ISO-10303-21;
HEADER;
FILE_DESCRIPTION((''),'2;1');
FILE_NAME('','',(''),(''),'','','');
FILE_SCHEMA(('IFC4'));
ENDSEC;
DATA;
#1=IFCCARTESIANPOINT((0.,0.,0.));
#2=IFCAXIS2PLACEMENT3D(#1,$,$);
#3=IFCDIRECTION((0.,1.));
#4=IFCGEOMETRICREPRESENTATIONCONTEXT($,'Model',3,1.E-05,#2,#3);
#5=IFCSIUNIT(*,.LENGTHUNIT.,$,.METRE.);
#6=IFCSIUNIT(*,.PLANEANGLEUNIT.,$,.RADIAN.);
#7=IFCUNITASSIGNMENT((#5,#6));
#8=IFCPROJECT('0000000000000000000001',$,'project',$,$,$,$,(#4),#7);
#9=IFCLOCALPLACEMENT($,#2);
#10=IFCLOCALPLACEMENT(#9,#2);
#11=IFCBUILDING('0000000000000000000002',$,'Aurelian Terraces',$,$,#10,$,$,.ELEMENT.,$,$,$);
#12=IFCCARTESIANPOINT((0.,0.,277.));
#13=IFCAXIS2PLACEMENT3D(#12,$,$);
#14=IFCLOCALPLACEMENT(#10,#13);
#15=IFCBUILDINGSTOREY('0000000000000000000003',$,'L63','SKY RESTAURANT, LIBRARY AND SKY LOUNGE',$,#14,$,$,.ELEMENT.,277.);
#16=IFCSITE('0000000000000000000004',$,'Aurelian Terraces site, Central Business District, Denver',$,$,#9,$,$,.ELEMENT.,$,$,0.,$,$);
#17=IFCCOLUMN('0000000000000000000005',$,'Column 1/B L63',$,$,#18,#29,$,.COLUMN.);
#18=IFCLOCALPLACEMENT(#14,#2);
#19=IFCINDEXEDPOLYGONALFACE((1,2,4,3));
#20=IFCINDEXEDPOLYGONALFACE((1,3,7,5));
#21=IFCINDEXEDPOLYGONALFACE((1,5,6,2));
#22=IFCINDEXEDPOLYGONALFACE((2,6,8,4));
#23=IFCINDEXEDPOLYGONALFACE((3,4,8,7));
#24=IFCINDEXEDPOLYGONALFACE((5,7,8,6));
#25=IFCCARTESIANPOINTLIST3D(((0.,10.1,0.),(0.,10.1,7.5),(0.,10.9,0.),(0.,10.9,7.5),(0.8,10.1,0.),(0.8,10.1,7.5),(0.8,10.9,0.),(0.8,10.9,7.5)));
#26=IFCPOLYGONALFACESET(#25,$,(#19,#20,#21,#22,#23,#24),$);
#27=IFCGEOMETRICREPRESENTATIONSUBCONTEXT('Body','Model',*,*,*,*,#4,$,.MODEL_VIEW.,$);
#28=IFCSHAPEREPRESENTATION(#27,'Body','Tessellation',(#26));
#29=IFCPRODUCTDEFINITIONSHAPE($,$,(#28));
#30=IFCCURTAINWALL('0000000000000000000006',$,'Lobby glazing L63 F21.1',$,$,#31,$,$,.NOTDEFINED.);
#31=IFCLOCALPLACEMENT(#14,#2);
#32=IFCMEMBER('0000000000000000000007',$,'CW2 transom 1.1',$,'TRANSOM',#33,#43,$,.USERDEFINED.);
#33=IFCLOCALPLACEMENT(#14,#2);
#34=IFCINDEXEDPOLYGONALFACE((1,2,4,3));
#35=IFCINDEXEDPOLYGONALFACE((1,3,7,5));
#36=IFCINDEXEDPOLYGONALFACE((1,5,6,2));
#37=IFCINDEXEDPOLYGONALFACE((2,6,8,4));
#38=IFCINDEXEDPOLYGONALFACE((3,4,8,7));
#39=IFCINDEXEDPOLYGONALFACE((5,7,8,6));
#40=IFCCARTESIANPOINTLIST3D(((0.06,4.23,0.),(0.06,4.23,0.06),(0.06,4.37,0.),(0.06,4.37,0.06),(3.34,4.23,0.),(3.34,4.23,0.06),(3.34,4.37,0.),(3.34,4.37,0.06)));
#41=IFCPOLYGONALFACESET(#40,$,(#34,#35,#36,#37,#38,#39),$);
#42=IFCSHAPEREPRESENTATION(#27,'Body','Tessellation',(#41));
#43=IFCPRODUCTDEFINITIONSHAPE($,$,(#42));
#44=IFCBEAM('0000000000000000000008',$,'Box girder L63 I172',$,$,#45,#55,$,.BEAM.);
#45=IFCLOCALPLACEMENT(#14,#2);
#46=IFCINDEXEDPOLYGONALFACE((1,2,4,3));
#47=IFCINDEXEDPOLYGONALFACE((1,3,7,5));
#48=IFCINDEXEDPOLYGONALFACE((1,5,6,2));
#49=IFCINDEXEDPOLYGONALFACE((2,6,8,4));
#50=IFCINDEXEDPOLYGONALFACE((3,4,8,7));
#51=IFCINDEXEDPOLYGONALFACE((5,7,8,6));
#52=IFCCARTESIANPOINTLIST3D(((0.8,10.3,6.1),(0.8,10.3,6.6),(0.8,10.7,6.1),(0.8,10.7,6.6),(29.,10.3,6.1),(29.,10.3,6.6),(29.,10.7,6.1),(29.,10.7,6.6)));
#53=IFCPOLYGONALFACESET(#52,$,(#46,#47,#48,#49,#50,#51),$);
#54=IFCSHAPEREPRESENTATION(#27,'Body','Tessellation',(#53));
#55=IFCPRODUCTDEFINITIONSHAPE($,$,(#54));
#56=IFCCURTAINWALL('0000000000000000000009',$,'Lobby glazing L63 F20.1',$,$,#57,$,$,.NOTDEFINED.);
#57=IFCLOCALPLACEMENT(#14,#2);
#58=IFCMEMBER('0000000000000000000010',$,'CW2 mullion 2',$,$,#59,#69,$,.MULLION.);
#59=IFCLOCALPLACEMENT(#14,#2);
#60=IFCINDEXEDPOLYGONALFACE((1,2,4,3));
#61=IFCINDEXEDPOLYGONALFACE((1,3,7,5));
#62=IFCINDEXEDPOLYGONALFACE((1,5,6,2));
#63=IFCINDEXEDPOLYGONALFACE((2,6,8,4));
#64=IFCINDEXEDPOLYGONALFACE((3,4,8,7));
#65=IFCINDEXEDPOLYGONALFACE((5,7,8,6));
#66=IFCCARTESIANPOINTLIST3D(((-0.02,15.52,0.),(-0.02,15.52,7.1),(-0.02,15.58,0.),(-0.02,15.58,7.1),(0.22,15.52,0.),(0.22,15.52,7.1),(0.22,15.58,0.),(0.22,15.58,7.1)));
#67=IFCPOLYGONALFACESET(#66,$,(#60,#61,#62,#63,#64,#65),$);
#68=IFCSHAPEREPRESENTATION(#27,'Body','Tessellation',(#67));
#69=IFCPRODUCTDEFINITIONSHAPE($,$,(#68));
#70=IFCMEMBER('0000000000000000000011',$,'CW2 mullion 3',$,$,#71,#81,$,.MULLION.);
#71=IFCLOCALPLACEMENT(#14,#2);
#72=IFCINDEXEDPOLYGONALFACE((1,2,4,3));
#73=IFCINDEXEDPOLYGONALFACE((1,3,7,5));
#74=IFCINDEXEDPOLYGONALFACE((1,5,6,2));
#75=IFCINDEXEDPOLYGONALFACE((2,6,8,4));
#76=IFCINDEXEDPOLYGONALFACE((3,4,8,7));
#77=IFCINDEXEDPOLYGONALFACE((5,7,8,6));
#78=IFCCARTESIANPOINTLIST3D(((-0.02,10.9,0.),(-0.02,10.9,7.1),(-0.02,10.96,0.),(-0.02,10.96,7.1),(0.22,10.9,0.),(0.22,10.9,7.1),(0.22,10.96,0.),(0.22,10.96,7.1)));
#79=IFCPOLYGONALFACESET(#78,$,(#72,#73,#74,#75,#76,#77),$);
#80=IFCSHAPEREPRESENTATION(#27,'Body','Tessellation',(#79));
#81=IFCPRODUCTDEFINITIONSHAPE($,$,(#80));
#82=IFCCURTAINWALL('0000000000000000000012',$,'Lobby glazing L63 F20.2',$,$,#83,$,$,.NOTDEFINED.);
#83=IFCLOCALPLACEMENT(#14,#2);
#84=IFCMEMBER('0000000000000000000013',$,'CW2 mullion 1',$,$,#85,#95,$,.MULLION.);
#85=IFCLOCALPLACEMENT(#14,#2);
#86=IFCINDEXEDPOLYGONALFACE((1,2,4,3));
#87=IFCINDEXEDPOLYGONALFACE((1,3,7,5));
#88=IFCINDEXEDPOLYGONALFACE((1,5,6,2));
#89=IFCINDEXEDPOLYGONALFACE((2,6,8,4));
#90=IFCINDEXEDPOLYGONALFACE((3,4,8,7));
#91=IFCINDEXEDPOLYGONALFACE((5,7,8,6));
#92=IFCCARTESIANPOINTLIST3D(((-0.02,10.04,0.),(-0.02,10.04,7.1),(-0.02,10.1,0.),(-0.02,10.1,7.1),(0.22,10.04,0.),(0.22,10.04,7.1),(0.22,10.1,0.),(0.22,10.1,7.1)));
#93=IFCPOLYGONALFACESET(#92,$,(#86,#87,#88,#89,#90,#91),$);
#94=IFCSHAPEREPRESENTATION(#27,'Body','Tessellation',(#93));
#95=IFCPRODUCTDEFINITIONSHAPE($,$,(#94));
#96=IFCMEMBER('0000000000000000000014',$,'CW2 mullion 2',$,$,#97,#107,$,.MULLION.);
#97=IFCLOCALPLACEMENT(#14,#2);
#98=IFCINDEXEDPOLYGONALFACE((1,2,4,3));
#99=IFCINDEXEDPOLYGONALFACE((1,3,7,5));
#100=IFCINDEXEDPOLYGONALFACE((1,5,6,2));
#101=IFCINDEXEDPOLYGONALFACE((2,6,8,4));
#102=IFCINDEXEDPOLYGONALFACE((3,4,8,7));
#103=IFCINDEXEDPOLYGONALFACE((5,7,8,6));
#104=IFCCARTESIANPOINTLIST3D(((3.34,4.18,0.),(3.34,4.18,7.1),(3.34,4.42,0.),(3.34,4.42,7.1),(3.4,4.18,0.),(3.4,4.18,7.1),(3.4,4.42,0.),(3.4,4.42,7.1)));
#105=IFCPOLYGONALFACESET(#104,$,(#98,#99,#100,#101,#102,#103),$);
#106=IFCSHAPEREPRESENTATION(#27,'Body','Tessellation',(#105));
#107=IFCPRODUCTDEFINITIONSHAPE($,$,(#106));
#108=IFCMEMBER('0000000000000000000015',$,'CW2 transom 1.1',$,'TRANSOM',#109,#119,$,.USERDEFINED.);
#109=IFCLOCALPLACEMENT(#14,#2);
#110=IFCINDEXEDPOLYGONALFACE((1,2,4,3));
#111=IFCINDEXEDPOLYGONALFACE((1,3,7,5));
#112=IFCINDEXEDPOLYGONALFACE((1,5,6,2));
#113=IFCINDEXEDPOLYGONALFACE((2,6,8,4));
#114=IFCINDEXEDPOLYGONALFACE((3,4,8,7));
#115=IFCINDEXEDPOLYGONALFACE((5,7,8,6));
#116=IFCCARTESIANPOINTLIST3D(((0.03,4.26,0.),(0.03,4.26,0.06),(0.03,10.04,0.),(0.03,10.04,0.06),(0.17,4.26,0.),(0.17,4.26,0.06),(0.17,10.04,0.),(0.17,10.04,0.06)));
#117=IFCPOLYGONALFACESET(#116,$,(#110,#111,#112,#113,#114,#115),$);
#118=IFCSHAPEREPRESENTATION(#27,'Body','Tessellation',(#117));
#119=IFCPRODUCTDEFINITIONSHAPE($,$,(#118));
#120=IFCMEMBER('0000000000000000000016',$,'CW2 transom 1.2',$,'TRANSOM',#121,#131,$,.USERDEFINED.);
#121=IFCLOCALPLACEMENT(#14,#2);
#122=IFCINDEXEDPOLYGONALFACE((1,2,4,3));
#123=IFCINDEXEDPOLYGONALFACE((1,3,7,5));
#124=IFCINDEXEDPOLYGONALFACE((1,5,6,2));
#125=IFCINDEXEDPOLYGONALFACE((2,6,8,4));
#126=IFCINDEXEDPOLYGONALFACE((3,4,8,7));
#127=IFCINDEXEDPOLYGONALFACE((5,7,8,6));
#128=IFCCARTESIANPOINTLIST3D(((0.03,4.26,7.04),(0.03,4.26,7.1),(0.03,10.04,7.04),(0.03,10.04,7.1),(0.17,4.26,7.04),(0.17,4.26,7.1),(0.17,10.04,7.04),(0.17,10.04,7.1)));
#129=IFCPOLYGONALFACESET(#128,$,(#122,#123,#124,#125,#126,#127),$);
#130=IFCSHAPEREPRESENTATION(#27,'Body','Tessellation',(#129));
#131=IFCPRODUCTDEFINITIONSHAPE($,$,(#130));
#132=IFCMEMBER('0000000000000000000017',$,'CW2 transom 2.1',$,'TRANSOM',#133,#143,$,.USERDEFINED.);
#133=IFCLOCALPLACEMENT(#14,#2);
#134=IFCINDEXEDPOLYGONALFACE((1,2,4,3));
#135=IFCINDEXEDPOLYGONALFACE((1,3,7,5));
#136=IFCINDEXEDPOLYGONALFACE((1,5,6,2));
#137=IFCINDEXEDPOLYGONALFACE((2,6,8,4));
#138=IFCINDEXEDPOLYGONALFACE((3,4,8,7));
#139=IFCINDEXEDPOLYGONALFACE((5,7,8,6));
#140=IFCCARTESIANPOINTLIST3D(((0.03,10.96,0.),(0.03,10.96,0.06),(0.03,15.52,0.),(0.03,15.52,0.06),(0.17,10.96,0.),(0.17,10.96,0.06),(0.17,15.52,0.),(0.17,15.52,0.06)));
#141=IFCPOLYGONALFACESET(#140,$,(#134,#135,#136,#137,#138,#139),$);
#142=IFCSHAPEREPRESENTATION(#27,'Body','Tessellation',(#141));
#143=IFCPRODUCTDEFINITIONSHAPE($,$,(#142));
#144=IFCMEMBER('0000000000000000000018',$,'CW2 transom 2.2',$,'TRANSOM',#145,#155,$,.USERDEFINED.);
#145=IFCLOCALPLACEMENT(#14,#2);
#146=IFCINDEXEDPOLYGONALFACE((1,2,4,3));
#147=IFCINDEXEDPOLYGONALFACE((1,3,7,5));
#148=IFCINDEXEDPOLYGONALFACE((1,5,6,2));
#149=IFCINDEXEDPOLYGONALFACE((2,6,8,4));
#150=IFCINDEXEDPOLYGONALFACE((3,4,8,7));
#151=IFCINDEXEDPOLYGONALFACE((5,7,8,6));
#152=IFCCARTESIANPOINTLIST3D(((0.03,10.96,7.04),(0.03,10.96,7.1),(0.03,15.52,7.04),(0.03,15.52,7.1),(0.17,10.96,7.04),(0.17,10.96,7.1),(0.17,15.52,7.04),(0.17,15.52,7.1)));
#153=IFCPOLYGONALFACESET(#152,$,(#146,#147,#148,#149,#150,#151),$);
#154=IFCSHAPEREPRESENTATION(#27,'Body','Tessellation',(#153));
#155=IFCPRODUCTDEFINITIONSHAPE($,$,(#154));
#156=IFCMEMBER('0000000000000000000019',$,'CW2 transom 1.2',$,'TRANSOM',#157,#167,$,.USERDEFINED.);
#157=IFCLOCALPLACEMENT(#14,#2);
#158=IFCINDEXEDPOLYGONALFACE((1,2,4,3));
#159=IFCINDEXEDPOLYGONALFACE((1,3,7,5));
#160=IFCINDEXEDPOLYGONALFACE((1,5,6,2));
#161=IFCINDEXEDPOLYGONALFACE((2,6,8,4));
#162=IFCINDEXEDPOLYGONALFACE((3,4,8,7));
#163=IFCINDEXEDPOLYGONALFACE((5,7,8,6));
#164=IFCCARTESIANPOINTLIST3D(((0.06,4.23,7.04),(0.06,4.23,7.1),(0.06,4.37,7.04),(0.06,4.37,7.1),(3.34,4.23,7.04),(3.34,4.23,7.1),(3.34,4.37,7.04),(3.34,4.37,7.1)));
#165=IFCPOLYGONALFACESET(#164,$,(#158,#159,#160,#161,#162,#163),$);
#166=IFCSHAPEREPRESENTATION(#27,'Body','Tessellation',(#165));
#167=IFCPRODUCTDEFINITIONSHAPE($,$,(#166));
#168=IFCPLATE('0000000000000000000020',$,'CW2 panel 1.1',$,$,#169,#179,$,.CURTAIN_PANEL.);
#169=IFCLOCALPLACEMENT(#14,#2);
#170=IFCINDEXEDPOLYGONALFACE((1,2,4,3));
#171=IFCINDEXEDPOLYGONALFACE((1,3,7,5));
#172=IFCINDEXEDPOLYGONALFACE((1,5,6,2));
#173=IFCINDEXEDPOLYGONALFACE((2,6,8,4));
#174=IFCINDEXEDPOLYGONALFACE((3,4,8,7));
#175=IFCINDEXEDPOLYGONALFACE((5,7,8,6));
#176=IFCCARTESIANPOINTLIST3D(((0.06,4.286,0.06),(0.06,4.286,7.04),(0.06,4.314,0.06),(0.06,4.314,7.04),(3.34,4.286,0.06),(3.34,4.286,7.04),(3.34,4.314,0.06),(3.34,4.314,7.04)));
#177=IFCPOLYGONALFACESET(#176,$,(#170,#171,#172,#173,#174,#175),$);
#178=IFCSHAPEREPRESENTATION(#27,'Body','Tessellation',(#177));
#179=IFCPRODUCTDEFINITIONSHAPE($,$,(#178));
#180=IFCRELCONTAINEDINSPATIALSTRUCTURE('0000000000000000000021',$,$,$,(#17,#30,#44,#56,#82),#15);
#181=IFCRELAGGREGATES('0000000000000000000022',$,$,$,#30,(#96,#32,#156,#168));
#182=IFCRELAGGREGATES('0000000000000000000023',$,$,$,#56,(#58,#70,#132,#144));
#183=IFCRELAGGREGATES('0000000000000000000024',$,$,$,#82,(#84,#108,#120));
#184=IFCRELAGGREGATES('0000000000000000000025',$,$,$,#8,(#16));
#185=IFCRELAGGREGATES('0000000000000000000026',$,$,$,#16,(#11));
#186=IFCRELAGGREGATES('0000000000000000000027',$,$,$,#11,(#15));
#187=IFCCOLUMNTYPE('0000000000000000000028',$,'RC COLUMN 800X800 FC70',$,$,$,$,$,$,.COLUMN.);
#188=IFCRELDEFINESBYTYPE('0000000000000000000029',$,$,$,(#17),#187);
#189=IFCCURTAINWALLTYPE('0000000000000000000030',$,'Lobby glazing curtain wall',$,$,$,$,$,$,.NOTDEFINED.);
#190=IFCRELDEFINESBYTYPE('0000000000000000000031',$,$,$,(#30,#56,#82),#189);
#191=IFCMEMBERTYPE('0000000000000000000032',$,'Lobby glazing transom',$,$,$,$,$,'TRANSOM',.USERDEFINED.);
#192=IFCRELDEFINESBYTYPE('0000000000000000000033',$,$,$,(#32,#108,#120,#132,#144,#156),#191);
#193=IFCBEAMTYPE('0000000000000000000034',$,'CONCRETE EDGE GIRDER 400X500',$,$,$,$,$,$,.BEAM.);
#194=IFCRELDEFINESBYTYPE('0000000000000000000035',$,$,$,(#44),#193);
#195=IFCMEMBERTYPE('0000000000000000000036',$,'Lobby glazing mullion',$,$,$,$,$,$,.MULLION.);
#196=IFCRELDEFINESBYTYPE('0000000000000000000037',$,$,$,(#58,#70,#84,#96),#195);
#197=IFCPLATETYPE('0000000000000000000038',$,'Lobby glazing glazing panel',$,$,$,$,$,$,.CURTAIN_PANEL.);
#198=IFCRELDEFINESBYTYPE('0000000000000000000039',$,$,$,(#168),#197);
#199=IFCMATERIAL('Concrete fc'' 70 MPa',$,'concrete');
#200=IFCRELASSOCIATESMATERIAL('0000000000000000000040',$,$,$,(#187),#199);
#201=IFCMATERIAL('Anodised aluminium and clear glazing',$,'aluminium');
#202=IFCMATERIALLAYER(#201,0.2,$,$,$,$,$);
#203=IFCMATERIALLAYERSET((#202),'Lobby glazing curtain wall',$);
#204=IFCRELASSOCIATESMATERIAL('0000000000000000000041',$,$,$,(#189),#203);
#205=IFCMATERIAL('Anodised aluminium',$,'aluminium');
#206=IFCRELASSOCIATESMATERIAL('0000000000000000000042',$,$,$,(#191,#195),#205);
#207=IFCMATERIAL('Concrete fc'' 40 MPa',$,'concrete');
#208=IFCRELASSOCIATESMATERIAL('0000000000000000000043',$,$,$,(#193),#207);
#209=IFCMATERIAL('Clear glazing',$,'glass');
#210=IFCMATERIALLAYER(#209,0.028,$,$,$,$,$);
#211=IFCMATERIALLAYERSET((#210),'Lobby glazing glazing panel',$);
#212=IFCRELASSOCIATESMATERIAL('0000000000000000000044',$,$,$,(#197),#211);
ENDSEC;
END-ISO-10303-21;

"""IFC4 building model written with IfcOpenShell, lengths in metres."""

from ifc_helpers import new_model, si_unit, direction, frame, origin, origin_2d, place, context, subcontext, project, spatial, rectangle, extrude, source, transform, mapped, material, layer, layer_set, material_profile, profile_set, type_object, element, aggregate, save


model = new_model("IFC4")

# Units and contexts
model_context = context("Model", 3, precision=1e-05, world=origin(), true_north=direction((0.0, 1.0)))
body_context = subcontext(model_context, "Body", "Model", "MODEL_VIEW")
ifc_project = project(units=[si_unit("LENGTHUNIT", "METRE"), si_unit("PLANEANGLEUNIT", "RADIAN")], contexts=[model_context])

# Site, building, storey
site_placement = place(None, origin())
site = spatial("IfcSite", under=ifc_project, at=site_placement, Name="Aurelian Terraces site, Central Business District, Denver", CompositionType="ELEMENT", RefElevation=0.0)
building_placement = place(site_placement, origin())
building = spatial("IfcBuilding", under=site, at=building_placement, Name="Aurelian Terraces", CompositionType="ELEMENT")
storey_placement = place(building_placement, frame((0.0, 0.0, 277.0)))
storey = spatial("IfcBuildingStorey", under=building, at=storey_placement, Name="L63", Description="SKY RESTAURANT, LIBRARY AND SKY LOUNGE", CompositionType="ELEMENT", Elevation=277.0)

# Column
ifc_material_1 = material(Name="Concrete fc' 70 MPa", Category="concrete")
ifc_material_profile_1 = material_profile(ifc_material_1, rectangle(XDim=0.8, YDim=0.8, at=origin_2d()))
ifc_profile_set_1 = profile_set([ifc_material_profile_1], Name="Concrete fc' 70 MPa")
column_type = type_object("IfcColumnType", Name="RC COLUMN 800X800 FC70", PredefinedType="COLUMN", material=ifc_profile_set_1)
shared_shape_1 = source(origin(), body_context, "Body", "SweptSolid", [
    extrude(rectangle(XDim=0.8, YDim=0.8, at=origin_2d()), origin(), (0.0, 0.0, 1.0), 7.5),
])
column_placement = place(storey_placement, frame((0.4, 10.5, 0.0), z_axis=(0.0, 0.0, 1.0), x_axis=(1.0, 0.0, 0.0)))
element("IfcColumn", 1, at=column_placement, inside=storey, type_object=column_type, Name="Column 1/B L63", PredefinedType="COLUMN", context=body_context, shape_type="MappedRepresentation", body=[
    mapped(shared_shape_1, transform((0.0, 0.0, 0.0), scale=1.0)),
])

# Curtain wall, member
ifc_material_2 = material(Name="Anodised aluminium and clear glazing", Category="aluminium")
ifc_layer_1 = layer(ifc_material_2, 0.2)
ifc_layer_set_1 = layer_set([ifc_layer_1], Name="Lobby glazing curtain wall")
curtain_wall_type = type_object("IfcCurtainWallType", Name="Lobby glazing curtain wall", PredefinedType="NOTDEFINED", material=ifc_layer_set_1)
curtain_wall_1_placement = place(storey_placement, origin())
curtain_wall_1 = element("IfcCurtainWall", 2, at=curtain_wall_1_placement, inside=storey, type_object=curtain_wall_type, Name="Lobby glazing L63 F21.1", PredefinedType="NOTDEFINED")
ifc_material_3 = material(Name="Anodised aluminium", Category="aluminium")
ifc_material_profile_2 = material_profile(ifc_material_3, rectangle(XDim=0.14, YDim=0.06, at=origin_2d()))
ifc_profile_set_2 = profile_set([ifc_material_profile_2], Name="Anodised aluminium")
member_type_1 = type_object("IfcMemberType", Name="Lobby glazing transom", ElementType="TRANSOM", PredefinedType="USERDEFINED", material=ifc_profile_set_2)
member_1_placement = place(storey_placement, frame((0.06, 4.3, 0.03), z_axis=(1.0, 0.0, 0.0), x_axis=(0.0, 1.0, 0.0)))
member_1 = element("IfcMember", 3, at=member_1_placement, type_object=member_type_1, Name="CW2 transom 1.1", ObjectType="TRANSOM", PredefinedType="USERDEFINED", context=body_context, shape_type="SweptSolid", body=[
    extrude(rectangle(XDim=0.14, YDim=0.06, at=origin_2d()), origin(), (0.0, 0.0, 1.0), 3.28),
])

# Beam
ifc_material_4 = material(Name="Concrete fc' 40 MPa", Category="concrete")
ifc_material_profile_3 = material_profile(ifc_material_4, rectangle(XDim=0.4, YDim=0.5, at=origin_2d()))
ifc_profile_set_3 = profile_set([ifc_material_profile_3], Name="Concrete fc' 40 MPa")
beam_type = type_object("IfcBeamType", Name="CONCRETE EDGE GIRDER 400X500", PredefinedType="BEAM", material=ifc_profile_set_3)
shared_shape_2 = source(origin(), body_context, "Body", "SweptSolid", [
    extrude(rectangle(XDim=0.4, YDim=0.5, at=origin_2d()), origin(), (0.0, 0.0, 1.0), 28.2),
])
beam_placement = place(storey_placement, frame((0.8, 10.5, 6.35), z_axis=(1.0, 0.0, 0.0), x_axis=(0.0, 1.0, 0.0)))
element("IfcBeam", 4, at=beam_placement, inside=storey, type_object=beam_type, Name="Box girder L63 I172", PredefinedType="BEAM", context=body_context, shape_type="MappedRepresentation", body=[
    mapped(shared_shape_2, transform((0.0, 0.0, 0.0), scale=1.0)),
])

# Curtain wall, members
curtain_wall_2_placement = place(storey_placement, origin())
curtain_wall_2 = element("IfcCurtainWall", 5, at=curtain_wall_2_placement, inside=storey, type_object=curtain_wall_type, Name="Lobby glazing L63 F20.1", PredefinedType="NOTDEFINED")
ifc_material_profile_4 = material_profile(ifc_material_3, rectangle(XDim=0.24, YDim=0.06, at=origin_2d()))
ifc_profile_set_4 = profile_set([ifc_material_profile_4], Name="Anodised aluminium")
member_type_2 = type_object("IfcMemberType", Name="Lobby glazing mullion", PredefinedType="MULLION", material=ifc_profile_set_4)
shared_shape_3 = source(origin(), body_context, "Body", "SweptSolid", [
    extrude(rectangle(XDim=0.24, YDim=0.06, at=origin_2d()), origin(), (0.0, 0.0, 1.0), 7.1),
])
member_2_placement = place(storey_placement, frame((0.1, 15.55, 0.0), z_axis=(0.0, 0.0, 1.0), x_axis=(1.0, 0.0, 0.0)))
member_2 = element("IfcMember", 6, at=member_2_placement, type_object=member_type_2, Name="CW2 mullion 2", PredefinedType="MULLION", context=body_context, shape_type="MappedRepresentation", body=[
    mapped(shared_shape_3, transform((0.0, 0.0, 0.0), scale=1.0)),
])
member_3_placement = place(storey_placement, frame((0.1, 10.93, 0.0), z_axis=(0.0, 0.0, 1.0), x_axis=(1.0, 0.0, 0.0)))
member_3 = element("IfcMember", 7, at=member_3_placement, type_object=member_type_2, Name="CW2 mullion 3", PredefinedType="MULLION", context=body_context, shape_type="MappedRepresentation", body=[
    mapped(shared_shape_3, transform((0.0, 0.0, 0.0), scale=1.0)),
])

# Curtain wall, member
curtain_wall_3_placement = place(storey_placement, origin())
curtain_wall_3 = element("IfcCurtainWall", 8, at=curtain_wall_3_placement, inside=storey, type_object=curtain_wall_type, Name="Lobby glazing L63 F20.2", PredefinedType="NOTDEFINED")
member_4_placement = place(storey_placement, frame((0.1, 10.07, 0.0), z_axis=(0.0, 0.0, 1.0), x_axis=(1.0, 0.0, 0.0)))
member_4 = element("IfcMember", 9, at=member_4_placement, type_object=member_type_2, Name="CW2 mullion 1", PredefinedType="MULLION", context=body_context, shape_type="MappedRepresentation", body=[
    mapped(shared_shape_3, transform((0.0, 0.0, 0.0), scale=1.0)),
])

# Members
member_5_placement = place(storey_placement, frame((3.37, 4.3, 0.0), z_axis=(0.0, 0.0, 1.0), x_axis=(0.0, 1.0, 0.0)))
member_5 = element("IfcMember", 10, at=member_5_placement, type_object=member_type_2, Name="CW2 mullion 2", PredefinedType="MULLION", context=body_context, shape_type="MappedRepresentation", body=[
    mapped(shared_shape_3, transform((0.0, 0.0, 0.0), scale=1.0)),
])
shared_shape_4 = source(origin(), body_context, "Body", "SweptSolid", [
    extrude(rectangle(XDim=0.14, YDim=0.06, at=origin_2d()), origin(), (0.0, 0.0, 1.0), 5.78),
])
member_6_placement = place(storey_placement, frame((0.1, 10.04, 0.03), z_axis=(0.0, -1.0, 0.0), x_axis=(1.0, 0.0, 0.0)))
member_6 = element("IfcMember", 11, at=member_6_placement, type_object=member_type_1, Name="CW2 transom 1.1", ObjectType="TRANSOM", PredefinedType="USERDEFINED", context=body_context, shape_type="MappedRepresentation", body=[
    mapped(shared_shape_4, transform((0.0, 0.0, 0.0), scale=1.0)),
])
member_7_placement = place(storey_placement, frame((0.1, 10.04, 7.07), z_axis=(0.0, -1.0, 0.0), x_axis=(1.0, 0.0, 0.0)))
member_7 = element("IfcMember", 12, at=member_7_placement, type_object=member_type_1, Name="CW2 transom 1.2", ObjectType="TRANSOM", PredefinedType="USERDEFINED", context=body_context, shape_type="MappedRepresentation", body=[
    mapped(shared_shape_4, transform((0.0, 0.0, 0.0), scale=1.0)),
])
shared_shape_5 = source(origin(), body_context, "Body", "SweptSolid", [
    extrude(rectangle(XDim=0.14, YDim=0.06, at=origin_2d()), origin(), (0.0, 0.0, 1.0), 4.56),
])
member_8_placement = place(storey_placement, frame((0.1, 15.52, 0.03), z_axis=(0.0, -1.0, 0.0), x_axis=(1.0, 0.0, 0.0)))
member_8 = element("IfcMember", 13, at=member_8_placement, type_object=member_type_1, Name="CW2 transom 2.1", ObjectType="TRANSOM", PredefinedType="USERDEFINED", context=body_context, shape_type="MappedRepresentation", body=[
    mapped(shared_shape_5, transform((0.0, 0.0, 0.0), scale=1.0)),
])
member_9_placement = place(storey_placement, frame((0.1, 15.52, 7.07), z_axis=(0.0, -1.0, 0.0), x_axis=(1.0, 0.0, 0.0)))
member_9 = element("IfcMember", 14, at=member_9_placement, type_object=member_type_1, Name="CW2 transom 2.2", ObjectType="TRANSOM", PredefinedType="USERDEFINED", context=body_context, shape_type="MappedRepresentation", body=[
    mapped(shared_shape_5, transform((0.0, 0.0, 0.0), scale=1.0)),
])
shared_shape_6 = source(origin(), body_context, "Body", "SweptSolid", [
    extrude(rectangle(XDim=0.14, YDim=0.06, at=origin_2d()), origin(), (0.0, 0.0, 1.0), 3.28),
])
member_10_placement = place(storey_placement, frame((0.06, 4.3, 7.07), z_axis=(1.0, 0.0, 0.0), x_axis=(0.0, 1.0, 0.0)))
member_10 = element("IfcMember", 15, at=member_10_placement, type_object=member_type_1, Name="CW2 transom 1.2", ObjectType="TRANSOM", PredefinedType="USERDEFINED", context=body_context, shape_type="MappedRepresentation", body=[
    mapped(shared_shape_6, transform((0.0, 0.0, 0.0), scale=1.0)),
])

# Plate
ifc_material_5 = material(Name="Clear glazing", Category="glass")
ifc_layer_2 = layer(ifc_material_5, 0.028)
ifc_layer_set_2 = layer_set([ifc_layer_2], Name="Lobby glazing glazing panel")
plate_type = type_object("IfcPlateType", Name="Lobby glazing glazing panel", PredefinedType="CURTAIN_PANEL", material=ifc_layer_set_2)
plate_1_placement = place(storey_placement, frame((1.7, 4.3, 0.06), z_axis=(0.0, 0.0, 1.0), x_axis=(1.0, 0.0, 0.0)))
plate_1 = element("IfcPlate", 16, at=plate_1_placement, type_object=plate_type, Name="CW2 panel 1.1", PredefinedType="CURTAIN_PANEL", context=body_context, shape_type="SweptSolid", body=[
    extrude(rectangle(XDim=3.28, YDim=0.028, at=origin_2d()), origin(), (0.0, 0.0, 1.0), 6.98),
])
aggregate(curtain_wall_1, [member_5, member_1, member_10, plate_1])
aggregate(curtain_wall_2, [member_2, member_3, member_8, member_9])
aggregate(curtain_wall_3, [member_4, member_6, member_7])

save(model, "model.ifc")
